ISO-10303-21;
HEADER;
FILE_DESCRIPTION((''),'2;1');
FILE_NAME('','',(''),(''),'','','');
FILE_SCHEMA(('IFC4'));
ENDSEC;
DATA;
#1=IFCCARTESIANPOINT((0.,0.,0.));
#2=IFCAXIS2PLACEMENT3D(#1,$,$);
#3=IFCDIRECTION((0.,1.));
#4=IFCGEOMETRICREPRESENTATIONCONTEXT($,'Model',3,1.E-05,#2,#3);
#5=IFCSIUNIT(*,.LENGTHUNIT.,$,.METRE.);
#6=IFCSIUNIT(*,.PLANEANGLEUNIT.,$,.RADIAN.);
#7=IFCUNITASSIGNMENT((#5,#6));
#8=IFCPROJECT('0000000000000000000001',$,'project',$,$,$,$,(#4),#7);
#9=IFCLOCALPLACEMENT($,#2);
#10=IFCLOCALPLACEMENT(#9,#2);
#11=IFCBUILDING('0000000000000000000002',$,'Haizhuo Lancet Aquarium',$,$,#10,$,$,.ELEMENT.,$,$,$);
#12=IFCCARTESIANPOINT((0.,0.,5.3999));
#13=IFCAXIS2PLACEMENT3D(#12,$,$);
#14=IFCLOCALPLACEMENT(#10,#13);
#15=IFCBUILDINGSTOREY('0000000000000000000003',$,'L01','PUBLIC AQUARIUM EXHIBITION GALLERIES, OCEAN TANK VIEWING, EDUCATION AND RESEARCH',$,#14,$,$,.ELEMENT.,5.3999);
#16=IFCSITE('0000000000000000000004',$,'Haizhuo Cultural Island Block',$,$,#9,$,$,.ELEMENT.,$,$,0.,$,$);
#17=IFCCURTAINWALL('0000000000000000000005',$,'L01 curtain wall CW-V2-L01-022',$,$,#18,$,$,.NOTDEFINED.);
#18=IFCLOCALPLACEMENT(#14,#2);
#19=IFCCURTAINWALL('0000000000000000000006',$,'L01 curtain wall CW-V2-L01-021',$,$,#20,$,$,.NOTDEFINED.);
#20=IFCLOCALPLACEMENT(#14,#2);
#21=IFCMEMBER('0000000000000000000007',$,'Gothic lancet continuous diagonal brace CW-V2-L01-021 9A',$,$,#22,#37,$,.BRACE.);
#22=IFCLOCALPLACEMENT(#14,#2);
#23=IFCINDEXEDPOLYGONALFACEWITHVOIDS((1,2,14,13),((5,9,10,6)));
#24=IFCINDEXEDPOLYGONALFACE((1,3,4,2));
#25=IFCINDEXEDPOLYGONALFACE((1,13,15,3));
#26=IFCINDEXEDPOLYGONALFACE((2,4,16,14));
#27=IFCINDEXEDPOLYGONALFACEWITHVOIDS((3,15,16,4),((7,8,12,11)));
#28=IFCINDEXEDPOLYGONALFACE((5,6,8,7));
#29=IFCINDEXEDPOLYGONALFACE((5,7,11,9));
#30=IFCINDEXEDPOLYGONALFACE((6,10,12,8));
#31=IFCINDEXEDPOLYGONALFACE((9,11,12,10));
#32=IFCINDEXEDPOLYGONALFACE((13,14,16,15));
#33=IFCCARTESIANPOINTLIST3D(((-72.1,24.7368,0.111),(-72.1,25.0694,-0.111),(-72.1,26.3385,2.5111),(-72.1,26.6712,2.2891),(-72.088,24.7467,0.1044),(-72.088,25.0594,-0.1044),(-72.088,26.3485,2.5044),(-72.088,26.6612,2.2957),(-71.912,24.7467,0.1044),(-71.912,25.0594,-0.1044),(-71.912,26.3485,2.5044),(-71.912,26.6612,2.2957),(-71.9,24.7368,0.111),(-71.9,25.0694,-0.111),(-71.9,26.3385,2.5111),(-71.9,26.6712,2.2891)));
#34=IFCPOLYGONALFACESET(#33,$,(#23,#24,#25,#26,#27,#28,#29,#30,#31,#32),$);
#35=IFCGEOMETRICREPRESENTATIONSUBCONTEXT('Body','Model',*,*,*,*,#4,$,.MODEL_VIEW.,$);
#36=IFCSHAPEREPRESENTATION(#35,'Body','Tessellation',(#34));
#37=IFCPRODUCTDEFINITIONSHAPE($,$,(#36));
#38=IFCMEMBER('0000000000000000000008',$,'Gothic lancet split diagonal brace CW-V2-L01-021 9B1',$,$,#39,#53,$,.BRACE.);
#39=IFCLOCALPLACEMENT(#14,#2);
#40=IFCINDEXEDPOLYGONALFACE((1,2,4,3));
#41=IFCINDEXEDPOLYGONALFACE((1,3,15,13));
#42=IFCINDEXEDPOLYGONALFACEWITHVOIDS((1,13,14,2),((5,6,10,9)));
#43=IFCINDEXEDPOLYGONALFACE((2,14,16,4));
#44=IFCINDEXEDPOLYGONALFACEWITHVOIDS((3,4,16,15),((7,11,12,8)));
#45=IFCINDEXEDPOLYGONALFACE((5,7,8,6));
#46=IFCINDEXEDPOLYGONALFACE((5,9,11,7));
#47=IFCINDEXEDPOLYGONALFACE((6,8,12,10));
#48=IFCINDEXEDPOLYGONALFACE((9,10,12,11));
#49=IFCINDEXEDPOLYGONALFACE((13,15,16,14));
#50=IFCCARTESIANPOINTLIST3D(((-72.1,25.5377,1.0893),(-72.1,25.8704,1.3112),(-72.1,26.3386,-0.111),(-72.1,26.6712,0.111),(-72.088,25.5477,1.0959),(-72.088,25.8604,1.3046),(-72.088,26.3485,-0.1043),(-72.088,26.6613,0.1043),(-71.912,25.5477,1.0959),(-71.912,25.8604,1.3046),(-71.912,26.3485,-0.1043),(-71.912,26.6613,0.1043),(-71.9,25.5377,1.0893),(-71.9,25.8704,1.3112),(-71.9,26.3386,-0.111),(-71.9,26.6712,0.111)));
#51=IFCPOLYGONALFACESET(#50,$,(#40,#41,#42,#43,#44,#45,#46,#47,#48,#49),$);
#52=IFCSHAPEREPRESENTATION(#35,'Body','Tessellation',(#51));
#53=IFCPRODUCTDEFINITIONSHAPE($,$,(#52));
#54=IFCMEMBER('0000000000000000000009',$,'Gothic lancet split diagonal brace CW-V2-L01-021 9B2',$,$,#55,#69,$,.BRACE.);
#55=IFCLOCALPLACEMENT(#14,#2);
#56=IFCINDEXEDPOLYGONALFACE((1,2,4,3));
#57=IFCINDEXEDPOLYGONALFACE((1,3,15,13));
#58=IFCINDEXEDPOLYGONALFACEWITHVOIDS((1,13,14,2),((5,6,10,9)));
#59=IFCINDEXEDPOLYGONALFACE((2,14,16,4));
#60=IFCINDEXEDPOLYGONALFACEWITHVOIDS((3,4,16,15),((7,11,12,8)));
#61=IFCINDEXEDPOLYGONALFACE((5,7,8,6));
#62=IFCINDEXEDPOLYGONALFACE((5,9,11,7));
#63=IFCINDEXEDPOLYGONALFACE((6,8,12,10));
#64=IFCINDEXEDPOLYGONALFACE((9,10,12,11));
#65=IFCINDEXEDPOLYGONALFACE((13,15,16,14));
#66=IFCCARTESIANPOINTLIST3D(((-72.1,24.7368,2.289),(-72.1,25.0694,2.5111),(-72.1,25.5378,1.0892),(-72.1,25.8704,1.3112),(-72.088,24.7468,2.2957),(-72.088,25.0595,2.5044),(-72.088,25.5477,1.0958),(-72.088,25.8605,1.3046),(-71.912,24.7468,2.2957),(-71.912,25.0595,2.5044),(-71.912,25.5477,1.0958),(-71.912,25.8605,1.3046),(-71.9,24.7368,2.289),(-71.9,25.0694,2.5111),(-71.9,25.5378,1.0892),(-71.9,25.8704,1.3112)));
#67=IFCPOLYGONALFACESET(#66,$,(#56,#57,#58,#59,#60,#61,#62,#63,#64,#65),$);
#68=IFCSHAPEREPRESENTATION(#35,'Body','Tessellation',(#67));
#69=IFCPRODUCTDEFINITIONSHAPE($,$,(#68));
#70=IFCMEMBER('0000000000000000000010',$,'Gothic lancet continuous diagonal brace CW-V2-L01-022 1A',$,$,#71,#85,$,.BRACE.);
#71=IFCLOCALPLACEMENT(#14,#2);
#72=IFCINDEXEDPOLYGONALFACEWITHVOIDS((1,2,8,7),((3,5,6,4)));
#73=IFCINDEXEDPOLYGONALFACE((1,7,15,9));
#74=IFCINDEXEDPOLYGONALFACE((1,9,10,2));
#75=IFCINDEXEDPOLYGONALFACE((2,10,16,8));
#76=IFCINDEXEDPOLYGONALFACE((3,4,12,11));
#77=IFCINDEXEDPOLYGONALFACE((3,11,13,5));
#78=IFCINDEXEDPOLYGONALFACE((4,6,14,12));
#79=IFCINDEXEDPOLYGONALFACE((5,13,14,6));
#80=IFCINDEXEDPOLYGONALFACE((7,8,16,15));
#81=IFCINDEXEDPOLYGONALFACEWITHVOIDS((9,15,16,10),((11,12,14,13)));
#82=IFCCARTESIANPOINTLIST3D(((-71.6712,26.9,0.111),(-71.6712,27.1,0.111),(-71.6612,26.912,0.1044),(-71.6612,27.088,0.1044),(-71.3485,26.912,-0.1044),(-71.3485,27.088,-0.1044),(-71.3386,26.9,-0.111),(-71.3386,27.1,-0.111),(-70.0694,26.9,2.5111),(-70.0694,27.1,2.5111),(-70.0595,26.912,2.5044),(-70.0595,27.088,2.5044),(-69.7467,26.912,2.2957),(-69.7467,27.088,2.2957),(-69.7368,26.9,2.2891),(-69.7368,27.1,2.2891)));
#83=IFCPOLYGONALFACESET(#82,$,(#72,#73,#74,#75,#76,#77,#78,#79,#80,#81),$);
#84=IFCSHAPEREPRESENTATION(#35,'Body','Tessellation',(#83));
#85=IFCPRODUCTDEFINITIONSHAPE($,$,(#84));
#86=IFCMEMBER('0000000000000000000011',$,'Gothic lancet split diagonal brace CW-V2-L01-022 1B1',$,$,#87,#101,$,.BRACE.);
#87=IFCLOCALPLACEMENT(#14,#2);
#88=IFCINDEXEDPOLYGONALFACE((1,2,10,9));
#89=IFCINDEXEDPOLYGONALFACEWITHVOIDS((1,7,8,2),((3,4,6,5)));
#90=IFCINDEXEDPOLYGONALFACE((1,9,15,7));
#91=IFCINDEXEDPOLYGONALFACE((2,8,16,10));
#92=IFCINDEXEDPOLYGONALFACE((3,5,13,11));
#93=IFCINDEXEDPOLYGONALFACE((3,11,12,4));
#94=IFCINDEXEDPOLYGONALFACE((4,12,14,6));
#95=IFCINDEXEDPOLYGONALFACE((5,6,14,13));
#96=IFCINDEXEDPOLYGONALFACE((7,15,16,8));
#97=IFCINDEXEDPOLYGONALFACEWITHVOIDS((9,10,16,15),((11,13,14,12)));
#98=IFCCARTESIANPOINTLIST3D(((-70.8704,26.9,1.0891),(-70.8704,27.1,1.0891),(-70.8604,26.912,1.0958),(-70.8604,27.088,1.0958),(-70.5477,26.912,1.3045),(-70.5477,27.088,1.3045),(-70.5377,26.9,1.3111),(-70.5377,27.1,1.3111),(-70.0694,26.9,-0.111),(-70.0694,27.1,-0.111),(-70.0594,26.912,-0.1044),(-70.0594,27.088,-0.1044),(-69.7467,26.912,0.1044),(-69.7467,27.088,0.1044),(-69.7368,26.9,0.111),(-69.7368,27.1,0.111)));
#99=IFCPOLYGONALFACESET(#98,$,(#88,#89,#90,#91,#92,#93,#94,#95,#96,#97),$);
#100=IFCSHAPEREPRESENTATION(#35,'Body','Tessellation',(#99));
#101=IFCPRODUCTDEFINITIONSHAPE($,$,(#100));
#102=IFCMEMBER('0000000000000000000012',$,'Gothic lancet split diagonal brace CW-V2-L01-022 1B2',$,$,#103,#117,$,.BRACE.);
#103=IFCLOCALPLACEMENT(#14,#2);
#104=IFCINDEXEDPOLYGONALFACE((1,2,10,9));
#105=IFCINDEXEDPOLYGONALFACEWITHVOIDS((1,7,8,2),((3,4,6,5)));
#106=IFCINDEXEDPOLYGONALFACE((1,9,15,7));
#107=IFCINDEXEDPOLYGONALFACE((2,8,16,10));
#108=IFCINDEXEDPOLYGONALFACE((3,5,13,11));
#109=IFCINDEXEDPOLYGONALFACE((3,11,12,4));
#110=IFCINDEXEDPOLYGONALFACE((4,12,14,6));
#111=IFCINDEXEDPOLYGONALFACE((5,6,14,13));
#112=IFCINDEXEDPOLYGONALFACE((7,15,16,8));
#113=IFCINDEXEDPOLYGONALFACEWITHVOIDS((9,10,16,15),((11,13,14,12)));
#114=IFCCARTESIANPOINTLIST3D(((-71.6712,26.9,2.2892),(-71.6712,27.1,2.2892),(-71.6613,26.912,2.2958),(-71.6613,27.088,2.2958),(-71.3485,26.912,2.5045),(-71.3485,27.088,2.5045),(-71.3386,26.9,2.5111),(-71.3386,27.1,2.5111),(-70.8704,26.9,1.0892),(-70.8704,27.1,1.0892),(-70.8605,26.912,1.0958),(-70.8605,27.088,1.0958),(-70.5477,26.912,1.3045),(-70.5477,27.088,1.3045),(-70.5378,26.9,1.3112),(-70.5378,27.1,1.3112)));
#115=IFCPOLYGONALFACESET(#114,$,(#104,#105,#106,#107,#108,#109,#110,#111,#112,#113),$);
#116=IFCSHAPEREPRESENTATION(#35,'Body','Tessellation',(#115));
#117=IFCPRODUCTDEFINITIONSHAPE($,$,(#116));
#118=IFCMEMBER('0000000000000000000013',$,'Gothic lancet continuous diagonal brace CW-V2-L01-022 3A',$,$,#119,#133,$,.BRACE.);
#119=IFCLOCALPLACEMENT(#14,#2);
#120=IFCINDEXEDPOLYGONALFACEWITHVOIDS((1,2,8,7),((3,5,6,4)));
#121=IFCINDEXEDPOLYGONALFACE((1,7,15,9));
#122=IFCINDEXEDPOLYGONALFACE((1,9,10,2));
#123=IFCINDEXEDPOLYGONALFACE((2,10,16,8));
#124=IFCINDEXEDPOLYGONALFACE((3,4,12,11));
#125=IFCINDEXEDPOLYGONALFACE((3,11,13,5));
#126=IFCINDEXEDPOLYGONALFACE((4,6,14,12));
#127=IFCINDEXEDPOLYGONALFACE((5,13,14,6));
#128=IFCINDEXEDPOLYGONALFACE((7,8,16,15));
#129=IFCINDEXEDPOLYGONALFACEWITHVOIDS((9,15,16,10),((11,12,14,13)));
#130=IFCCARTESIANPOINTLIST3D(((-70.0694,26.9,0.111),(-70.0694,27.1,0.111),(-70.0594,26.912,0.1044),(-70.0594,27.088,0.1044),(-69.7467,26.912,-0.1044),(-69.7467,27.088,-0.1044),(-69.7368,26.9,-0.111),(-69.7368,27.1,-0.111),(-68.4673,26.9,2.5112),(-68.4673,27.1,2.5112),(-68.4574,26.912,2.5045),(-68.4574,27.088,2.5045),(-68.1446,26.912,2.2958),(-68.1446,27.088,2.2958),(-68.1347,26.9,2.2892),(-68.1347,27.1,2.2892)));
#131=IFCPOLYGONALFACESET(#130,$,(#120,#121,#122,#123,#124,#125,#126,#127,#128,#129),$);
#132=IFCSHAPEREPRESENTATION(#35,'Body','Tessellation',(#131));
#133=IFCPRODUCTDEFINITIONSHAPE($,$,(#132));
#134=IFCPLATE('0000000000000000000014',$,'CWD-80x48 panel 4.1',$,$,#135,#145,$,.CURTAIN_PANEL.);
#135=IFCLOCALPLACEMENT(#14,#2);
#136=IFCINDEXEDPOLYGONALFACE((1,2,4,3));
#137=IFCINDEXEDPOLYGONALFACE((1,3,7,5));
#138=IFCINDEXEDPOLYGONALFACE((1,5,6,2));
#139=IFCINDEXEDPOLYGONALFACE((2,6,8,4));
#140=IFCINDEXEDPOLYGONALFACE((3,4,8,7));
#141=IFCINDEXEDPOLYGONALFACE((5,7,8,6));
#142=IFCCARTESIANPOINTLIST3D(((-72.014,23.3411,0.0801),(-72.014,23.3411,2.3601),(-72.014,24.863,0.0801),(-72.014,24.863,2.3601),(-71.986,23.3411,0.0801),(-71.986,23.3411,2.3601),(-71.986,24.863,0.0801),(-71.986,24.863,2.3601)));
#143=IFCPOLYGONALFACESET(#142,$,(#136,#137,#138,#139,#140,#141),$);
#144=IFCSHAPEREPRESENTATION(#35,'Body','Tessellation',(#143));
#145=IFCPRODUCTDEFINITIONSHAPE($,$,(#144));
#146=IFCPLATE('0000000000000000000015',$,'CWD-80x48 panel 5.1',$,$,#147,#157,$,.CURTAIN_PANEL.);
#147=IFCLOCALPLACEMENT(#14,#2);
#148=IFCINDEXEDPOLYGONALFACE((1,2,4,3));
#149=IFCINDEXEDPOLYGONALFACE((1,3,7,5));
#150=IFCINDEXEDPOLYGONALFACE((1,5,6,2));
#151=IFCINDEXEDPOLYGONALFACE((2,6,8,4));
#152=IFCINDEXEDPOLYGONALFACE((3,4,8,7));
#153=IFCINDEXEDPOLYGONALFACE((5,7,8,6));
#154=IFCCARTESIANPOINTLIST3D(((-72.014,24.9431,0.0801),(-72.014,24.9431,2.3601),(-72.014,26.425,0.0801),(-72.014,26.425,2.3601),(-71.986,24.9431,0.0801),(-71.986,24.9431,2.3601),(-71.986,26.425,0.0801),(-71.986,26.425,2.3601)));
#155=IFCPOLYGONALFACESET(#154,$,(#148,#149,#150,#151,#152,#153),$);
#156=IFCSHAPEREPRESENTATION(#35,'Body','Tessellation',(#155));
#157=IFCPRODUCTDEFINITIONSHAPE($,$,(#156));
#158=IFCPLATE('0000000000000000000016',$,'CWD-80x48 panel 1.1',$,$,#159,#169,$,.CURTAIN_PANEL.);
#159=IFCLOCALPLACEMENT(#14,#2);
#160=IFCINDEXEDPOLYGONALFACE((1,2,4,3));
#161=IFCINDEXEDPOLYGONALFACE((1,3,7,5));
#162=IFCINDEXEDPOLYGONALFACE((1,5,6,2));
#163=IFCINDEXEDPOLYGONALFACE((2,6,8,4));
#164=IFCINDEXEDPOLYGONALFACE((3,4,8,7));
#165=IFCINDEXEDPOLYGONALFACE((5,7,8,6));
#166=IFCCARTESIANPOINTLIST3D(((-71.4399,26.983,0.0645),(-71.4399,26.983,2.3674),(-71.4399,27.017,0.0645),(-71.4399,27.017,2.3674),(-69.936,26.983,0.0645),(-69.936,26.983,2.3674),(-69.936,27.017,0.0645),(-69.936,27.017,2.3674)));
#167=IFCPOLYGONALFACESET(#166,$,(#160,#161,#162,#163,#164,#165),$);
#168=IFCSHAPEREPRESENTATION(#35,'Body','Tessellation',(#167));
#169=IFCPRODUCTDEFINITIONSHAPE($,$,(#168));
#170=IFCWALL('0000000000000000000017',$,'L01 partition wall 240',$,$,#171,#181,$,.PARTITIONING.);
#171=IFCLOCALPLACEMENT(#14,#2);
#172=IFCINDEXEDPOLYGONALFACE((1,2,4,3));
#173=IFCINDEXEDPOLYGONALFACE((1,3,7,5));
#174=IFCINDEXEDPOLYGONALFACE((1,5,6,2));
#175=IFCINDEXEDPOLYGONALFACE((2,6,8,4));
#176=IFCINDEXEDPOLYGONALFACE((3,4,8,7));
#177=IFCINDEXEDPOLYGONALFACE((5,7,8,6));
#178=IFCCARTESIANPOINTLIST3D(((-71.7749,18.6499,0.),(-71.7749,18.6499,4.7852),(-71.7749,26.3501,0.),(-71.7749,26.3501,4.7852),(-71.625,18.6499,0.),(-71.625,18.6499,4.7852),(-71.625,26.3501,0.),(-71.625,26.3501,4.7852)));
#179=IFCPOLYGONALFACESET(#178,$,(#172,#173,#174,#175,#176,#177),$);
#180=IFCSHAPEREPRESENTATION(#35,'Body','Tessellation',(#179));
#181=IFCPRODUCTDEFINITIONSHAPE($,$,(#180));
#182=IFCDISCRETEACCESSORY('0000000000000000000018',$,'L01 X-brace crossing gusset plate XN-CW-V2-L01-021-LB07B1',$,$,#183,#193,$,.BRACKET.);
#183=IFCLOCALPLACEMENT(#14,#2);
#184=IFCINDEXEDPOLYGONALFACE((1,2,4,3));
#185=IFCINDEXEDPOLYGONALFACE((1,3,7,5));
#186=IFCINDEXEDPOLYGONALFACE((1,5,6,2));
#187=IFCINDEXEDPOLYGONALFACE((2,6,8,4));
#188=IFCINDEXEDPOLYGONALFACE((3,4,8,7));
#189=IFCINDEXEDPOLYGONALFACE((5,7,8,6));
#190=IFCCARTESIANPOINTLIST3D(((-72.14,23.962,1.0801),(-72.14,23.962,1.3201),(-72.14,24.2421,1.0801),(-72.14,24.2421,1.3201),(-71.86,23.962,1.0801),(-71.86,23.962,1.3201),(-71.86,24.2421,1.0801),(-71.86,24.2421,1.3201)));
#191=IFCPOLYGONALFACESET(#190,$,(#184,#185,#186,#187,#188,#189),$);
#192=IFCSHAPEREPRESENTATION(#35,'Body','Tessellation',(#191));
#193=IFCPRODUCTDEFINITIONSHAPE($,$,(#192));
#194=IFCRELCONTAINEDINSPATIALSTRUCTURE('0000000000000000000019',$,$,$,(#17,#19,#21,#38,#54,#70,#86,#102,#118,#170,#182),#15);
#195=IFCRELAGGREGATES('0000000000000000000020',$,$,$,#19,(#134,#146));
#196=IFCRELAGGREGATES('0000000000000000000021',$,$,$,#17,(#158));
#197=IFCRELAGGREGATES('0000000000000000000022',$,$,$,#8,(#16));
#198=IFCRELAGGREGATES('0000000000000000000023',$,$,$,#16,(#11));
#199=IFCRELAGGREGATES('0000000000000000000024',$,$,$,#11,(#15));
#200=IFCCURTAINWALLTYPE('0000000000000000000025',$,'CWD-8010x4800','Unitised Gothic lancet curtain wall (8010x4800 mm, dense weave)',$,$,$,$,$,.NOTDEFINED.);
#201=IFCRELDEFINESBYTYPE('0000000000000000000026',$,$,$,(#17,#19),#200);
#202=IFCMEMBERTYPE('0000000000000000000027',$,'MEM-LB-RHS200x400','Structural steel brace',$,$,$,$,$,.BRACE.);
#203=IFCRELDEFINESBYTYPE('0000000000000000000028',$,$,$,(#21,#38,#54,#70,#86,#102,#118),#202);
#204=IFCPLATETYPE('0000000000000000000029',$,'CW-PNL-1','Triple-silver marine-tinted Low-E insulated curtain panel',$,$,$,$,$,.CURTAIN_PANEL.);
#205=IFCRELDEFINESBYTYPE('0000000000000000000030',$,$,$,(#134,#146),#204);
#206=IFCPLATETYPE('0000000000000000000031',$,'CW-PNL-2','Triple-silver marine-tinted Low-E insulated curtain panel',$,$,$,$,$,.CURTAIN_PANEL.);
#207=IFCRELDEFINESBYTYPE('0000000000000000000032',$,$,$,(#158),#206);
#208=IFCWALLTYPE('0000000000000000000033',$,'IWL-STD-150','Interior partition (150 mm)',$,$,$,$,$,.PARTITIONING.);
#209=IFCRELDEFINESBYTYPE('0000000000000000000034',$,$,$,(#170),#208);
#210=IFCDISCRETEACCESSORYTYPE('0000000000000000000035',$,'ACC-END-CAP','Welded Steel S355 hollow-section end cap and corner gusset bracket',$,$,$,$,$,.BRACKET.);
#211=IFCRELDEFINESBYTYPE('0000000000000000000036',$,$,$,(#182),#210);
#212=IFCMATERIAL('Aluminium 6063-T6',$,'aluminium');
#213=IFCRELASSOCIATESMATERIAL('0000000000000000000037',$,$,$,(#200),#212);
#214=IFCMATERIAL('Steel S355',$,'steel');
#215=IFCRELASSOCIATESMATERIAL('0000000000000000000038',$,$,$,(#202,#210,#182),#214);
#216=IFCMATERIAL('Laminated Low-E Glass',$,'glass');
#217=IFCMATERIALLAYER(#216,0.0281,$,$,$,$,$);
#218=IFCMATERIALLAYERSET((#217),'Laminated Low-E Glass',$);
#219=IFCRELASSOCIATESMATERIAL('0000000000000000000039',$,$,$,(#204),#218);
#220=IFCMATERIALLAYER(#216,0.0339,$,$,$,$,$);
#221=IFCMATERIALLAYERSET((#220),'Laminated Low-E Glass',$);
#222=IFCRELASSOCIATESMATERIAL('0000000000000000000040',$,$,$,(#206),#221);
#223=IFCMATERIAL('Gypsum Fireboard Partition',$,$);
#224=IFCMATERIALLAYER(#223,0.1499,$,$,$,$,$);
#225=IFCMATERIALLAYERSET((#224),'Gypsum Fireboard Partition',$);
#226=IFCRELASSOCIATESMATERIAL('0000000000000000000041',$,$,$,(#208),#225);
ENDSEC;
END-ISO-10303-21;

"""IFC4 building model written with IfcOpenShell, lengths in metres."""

from ifc_helpers import new_model, si_unit, direction, frame, frame_2d, origin, origin_2d, place, context, subcontext, project, spatial, rectangle, hollow_rectangle, extrude, material, layer, layer_set, material_profile, profile_set, type_object, element, aggregate, save


model = new_model("IFC4")

# Units and contexts
model_context = context("Model", 3, precision=1e-05, world=origin(), true_north=direction((0.0, 1.0)))
body_context = subcontext(model_context, "Body", "Model", "MODEL_VIEW")
ifc_project = project(units=[si_unit("LENGTHUNIT", "METRE"), si_unit("PLANEANGLEUNIT", "RADIAN")], contexts=[model_context])

# Site, building, storey
site_placement = place(None, origin())
site = spatial("IfcSite", under=ifc_project, at=site_placement, Name="Haizhuo Cultural Island Block", CompositionType="ELEMENT", RefElevation=0.0)
building_placement = place(site_placement, origin())
building = spatial("IfcBuilding", under=site, at=building_placement, Name="Haizhuo Lancet Aquarium", CompositionType="ELEMENT")
storey_placement = place(building_placement, frame((0.0, 0.0, 5.3999)))
storey = spatial("IfcBuildingStorey", under=building, at=storey_placement, Name="L01", Description="PUBLIC AQUARIUM EXHIBITION GALLERIES, OCEAN TANK VIEWING, EDUCATION AND RESEARCH", CompositionType="ELEMENT", Elevation=5.3999)

# Curtain walls
ifc_material_1 = material(Name="Aluminium 6063-T6", Category="aluminium")
curtain_wall_type = type_object("IfcCurtainWallType", Name="CWD-8010x4800", Description="Unitised Gothic lancet curtain wall (8010x4800 mm, dense weave)", PredefinedType="NOTDEFINED", material=ifc_material_1)
curtain_wall_1_placement = place(storey_placement, origin())
curtain_wall_1 = element("IfcCurtainWall", 1, at=curtain_wall_1_placement, inside=storey, type_object=curtain_wall_type, Name="L01 curtain wall CW-V2-L01-022", PredefinedType="NOTDEFINED")
curtain_wall_2_placement = place(storey_placement, origin())
curtain_wall_2 = element("IfcCurtainWall", 2, at=curtain_wall_2_placement, inside=storey, type_object=curtain_wall_type, Name="L01 curtain wall CW-V2-L01-021", PredefinedType="NOTDEFINED")

# Members
ifc_material_2 = material(Name="Steel S355", Category="steel")
ifc_material_profile_1 = material_profile(ifc_material_2, hollow_rectangle(XDim=0.2, YDim=0.3999, WallThickness=0.012, at=origin_2d()), Name="RHS 200x400x12")
ifc_profile_set_1 = profile_set([ifc_material_profile_1], Name="Steel S355")
member_type_1 = type_object("IfcMemberType", Name="MEM-LB-RHS200x400", Description="Structural steel brace", PredefinedType="BRACE", material=ifc_profile_set_1)
member_1_placement = place(storey_placement, frame((-72.0, 24.9031, 0.0), z_axis=(0.0, 0.55511, 0.831777), x_axis=(-1.0, 0.0, 0.0)))
element("IfcMember", 3, at=member_1_placement, inside=storey, type_object=member_type_1, Name="Gothic lancet continuous diagonal brace CW-V2-L01-021 9A", PredefinedType="BRACE", context=body_context, shape_type="SweptSolid", body=[
    extrude(hollow_rectangle(XDim=0.2, YDim=0.3999, WallThickness=0.012, at=origin_2d()), origin(), (0.0, 0.0, 1.0), 2.8855),
])
member_2_placement = place(storey_placement, frame((-72.0, 26.5049, 0.0), z_axis=(0.0, -0.555013, 0.831842), x_axis=(1.0, 0.0, 0.0)))
element("IfcMember", 4, at=member_2_placement, inside=storey, type_object=member_type_1, Name="Gothic lancet split diagonal brace CW-V2-L01-021 9B1", PredefinedType="BRACE", context=body_context, shape_type="SweptSolid", body=[
    extrude(hollow_rectangle(XDim=0.2, YDim=0.3999, WallThickness=0.012, at=origin_2d()), origin(), (0.0, 0.0, 1.0), 1.4429),
])
member_3_placement = place(storey_placement, frame((-72.0, 25.7041, 1.2002), z_axis=(0.0, -0.555208, 0.831712), x_axis=(1.0, 0.0, 0.0)))
element("IfcMember", 5, at=member_3_placement, inside=storey, type_object=member_type_1, Name="Gothic lancet split diagonal brace CW-V2-L01-021 9B2", PredefinedType="BRACE", context=body_context, shape_type="SweptSolid", body=[
    extrude(hollow_rectangle(XDim=0.2, YDim=0.3999, WallThickness=0.012, at=origin_2d()), origin(), (0.0, 0.0, 1.0), 1.4426),
])
member_4_placement = place(storey_placement, frame((-71.5049, 27.0, 0.0), z_axis=(0.55511, 0.0, 0.831777), x_axis=(0.0, 1.0, 0.0)))
element("IfcMember", 6, at=member_4_placement, inside=storey, type_object=member_type_1, Name="Gothic lancet continuous diagonal brace CW-V2-L01-022 1A", PredefinedType="BRACE", context=body_context, shape_type="SweptSolid", body=[
    extrude(hollow_rectangle(XDim=0.2, YDim=0.3999, WallThickness=0.012, at=origin_2d()), origin(), (0.0, 0.0, 1.0), 2.8855),
])
member_5_placement = place(storey_placement, frame((-69.9031, 27.0, 0.0), z_axis=(-0.55513, 0.0, 0.831764), x_axis=(0.0, -1.0, 0.0)))
element("IfcMember", 7, at=member_5_placement, inside=storey, type_object=member_type_1, Name="Gothic lancet split diagonal brace CW-V2-L01-022 1B1", PredefinedType="BRACE", context=body_context, shape_type="SweptSolid", body=[
    extrude(hollow_rectangle(XDim=0.2, YDim=0.3999, WallThickness=0.012, at=origin_2d()), origin(), (0.0, 0.0, 1.0), 1.4429),
])
member_6_placement = place(storey_placement, frame((-70.7041, 27.0, 1.2002), z_axis=(-0.555091, 0.0, 0.83179), x_axis=(0.0, -1.0, 0.0)))
element("IfcMember", 8, at=member_6_placement, inside=storey, type_object=member_type_1, Name="Gothic lancet split diagonal brace CW-V2-L01-022 1B2", PredefinedType="BRACE", context=body_context, shape_type="SweptSolid", body=[
    extrude(hollow_rectangle(XDim=0.2, YDim=0.3999, WallThickness=0.012, at=origin_2d()), origin(), (0.0, 0.0, 1.0), 1.4426),
])
member_7_placement = place(storey_placement, frame((-69.9031, 27.0, 0.0), z_axis=(0.555169, 0.0, 0.831738), x_axis=(0.0, 1.0, 0.0)))
element("IfcMember", 9, at=member_7_placement, inside=storey, type_object=member_type_1, Name="Gothic lancet continuous diagonal brace CW-V2-L01-022 3A", PredefinedType="BRACE", context=body_context, shape_type="SweptSolid", body=[
    extrude(hollow_rectangle(XDim=0.2, YDim=0.3999, WallThickness=0.012, at=origin_2d()), origin(), (0.0, 0.0, 1.0), 2.8857),
])

# Plates
ifc_material_3 = material(Name="Laminated Low-E Glass", Category="glass")
ifc_layer_1 = layer(ifc_material_3, 0.0281)
ifc_layer_set_1 = layer_set([ifc_layer_1], Name="Laminated Low-E Glass")
plate_type_1 = type_object("IfcPlateType", Name="CW-PNL-1", Description="Triple-silver marine-tinted Low-E insulated curtain panel", PredefinedType="CURTAIN_PANEL", material=ifc_layer_set_1)
plate_1_placement = place(storey_placement, frame((-72.0, 24.1021, 0.0801), z_axis=(0.0, 0.0, 1.0), x_axis=(0.0, 1.0, 0.0)))
plate_1 = element("IfcPlate", 10, at=plate_1_placement, type_object=plate_type_1, Name="CWD-80x48 panel 4.1", PredefinedType="CURTAIN_PANEL", context=body_context, shape_type="SweptSolid", body=[
    extrude(rectangle(XDim=1.522, YDim=0.0281, at=origin_2d()), origin(), (0.0, 0.0, 1.0), 2.28),
])
plate_2_placement = place(storey_placement, frame((-72.0, 25.6841, 0.0801), z_axis=(0.0, 0.0, 1.0), x_axis=(0.0, 1.0, 0.0)))
plate_2 = element("IfcPlate", 11, at=plate_2_placement, type_object=plate_type_1, Name="CWD-80x48 panel 5.1", PredefinedType="CURTAIN_PANEL", context=body_context, shape_type="SweptSolid", body=[
    extrude(rectangle(XDim=1.4819, YDim=0.0281, at=origin_2d()), origin(), (0.0, 0.0, 1.0), 2.28),
])
aggregate(curtain_wall_2, [plate_1, plate_2])
ifc_layer_2 = layer(ifc_material_3, 0.0339)
ifc_layer_set_2 = layer_set([ifc_layer_2], Name="Laminated Low-E Glass")
plate_type_2 = type_object("IfcPlateType", Name="CW-PNL-2", Description="Triple-silver marine-tinted Low-E insulated curtain panel", PredefinedType="CURTAIN_PANEL", material=ifc_layer_set_2)
plate_3_placement = place(storey_placement, frame((-70.688, 27.0, 0.0645), z_axis=(0.0, 0.0, 1.0), x_axis=(1.0, 0.0, 0.0)))
plate_3 = element("IfcPlate", 12, at=plate_3_placement, type_object=plate_type_2, Name="CWD-80x48 panel 1.1", PredefinedType="CURTAIN_PANEL", context=body_context, shape_type="SweptSolid", body=[
    extrude(rectangle(XDim=1.5039, YDim=0.0339, at=origin_2d()), origin(), (0.0, 0.0, 1.0), 2.303),
])
aggregate(curtain_wall_1, [plate_3])

# Wall
ifc_material_4 = material(Name="Gypsum Fireboard Partition")
ifc_layer_3 = layer(ifc_material_4, 0.1499)
ifc_layer_set_3 = layer_set([ifc_layer_3], Name="Gypsum Fireboard Partition")
wall_type = type_object("IfcWallType", Name="IWL-STD-150", Description="Interior partition (150 mm)", PredefinedType="PARTITIONING", material=ifc_layer_set_3)
wall_placement = place(storey_placement, frame((-71.7, 26.3501, 0.0), z_axis=(0.0, 0.0, 1.0), x_axis=(0.0, -1.0, 0.0)))
element("IfcWall", 13, at=wall_placement, inside=storey, type_object=wall_type, Name="L01 partition wall 240", PredefinedType="PARTITIONING", context=body_context, shape_type="SweptSolid", body=[
    extrude(rectangle(XDim=7.7002, YDim=0.1499, at=frame_2d((3.8501, 0.0))), origin(), (0.0, 0.0, 1.0), 4.7852),
])

# Discrete accessory
discrete_accessory_type = type_object("IfcDiscreteAccessoryType", Name="ACC-END-CAP", Description="Welded Steel S355 hollow-section end cap and corner gusset bracket", PredefinedType="BRACKET", material=ifc_material_2)
for number, where, z_axis, x_axis, name in (
    (14, (-72.0, 24.1021, 1.0801), (0.0, 0.0, 1.0), (1.0, 0.0, 0.0), "L01 X-brace crossing gusset plate XN-CW-V2-L01-021-LB07B1"),
):
    element("IfcDiscreteAccessory", number, at=place(storey_placement, frame(where, z_axis=z_axis, x_axis=x_axis)), inside=storey, type_object=discrete_accessory_type, material=ifc_material_2, Name=name, PredefinedType="BRACKET", context=body_context, shape_type="SweptSolid", body=[
        extrude(rectangle(XDim=0.28, YDim=0.28, at=origin_2d()), origin(), (0.0, 0.0, 1.0), 0.24),
    ])

save(model, "model.ifc")
